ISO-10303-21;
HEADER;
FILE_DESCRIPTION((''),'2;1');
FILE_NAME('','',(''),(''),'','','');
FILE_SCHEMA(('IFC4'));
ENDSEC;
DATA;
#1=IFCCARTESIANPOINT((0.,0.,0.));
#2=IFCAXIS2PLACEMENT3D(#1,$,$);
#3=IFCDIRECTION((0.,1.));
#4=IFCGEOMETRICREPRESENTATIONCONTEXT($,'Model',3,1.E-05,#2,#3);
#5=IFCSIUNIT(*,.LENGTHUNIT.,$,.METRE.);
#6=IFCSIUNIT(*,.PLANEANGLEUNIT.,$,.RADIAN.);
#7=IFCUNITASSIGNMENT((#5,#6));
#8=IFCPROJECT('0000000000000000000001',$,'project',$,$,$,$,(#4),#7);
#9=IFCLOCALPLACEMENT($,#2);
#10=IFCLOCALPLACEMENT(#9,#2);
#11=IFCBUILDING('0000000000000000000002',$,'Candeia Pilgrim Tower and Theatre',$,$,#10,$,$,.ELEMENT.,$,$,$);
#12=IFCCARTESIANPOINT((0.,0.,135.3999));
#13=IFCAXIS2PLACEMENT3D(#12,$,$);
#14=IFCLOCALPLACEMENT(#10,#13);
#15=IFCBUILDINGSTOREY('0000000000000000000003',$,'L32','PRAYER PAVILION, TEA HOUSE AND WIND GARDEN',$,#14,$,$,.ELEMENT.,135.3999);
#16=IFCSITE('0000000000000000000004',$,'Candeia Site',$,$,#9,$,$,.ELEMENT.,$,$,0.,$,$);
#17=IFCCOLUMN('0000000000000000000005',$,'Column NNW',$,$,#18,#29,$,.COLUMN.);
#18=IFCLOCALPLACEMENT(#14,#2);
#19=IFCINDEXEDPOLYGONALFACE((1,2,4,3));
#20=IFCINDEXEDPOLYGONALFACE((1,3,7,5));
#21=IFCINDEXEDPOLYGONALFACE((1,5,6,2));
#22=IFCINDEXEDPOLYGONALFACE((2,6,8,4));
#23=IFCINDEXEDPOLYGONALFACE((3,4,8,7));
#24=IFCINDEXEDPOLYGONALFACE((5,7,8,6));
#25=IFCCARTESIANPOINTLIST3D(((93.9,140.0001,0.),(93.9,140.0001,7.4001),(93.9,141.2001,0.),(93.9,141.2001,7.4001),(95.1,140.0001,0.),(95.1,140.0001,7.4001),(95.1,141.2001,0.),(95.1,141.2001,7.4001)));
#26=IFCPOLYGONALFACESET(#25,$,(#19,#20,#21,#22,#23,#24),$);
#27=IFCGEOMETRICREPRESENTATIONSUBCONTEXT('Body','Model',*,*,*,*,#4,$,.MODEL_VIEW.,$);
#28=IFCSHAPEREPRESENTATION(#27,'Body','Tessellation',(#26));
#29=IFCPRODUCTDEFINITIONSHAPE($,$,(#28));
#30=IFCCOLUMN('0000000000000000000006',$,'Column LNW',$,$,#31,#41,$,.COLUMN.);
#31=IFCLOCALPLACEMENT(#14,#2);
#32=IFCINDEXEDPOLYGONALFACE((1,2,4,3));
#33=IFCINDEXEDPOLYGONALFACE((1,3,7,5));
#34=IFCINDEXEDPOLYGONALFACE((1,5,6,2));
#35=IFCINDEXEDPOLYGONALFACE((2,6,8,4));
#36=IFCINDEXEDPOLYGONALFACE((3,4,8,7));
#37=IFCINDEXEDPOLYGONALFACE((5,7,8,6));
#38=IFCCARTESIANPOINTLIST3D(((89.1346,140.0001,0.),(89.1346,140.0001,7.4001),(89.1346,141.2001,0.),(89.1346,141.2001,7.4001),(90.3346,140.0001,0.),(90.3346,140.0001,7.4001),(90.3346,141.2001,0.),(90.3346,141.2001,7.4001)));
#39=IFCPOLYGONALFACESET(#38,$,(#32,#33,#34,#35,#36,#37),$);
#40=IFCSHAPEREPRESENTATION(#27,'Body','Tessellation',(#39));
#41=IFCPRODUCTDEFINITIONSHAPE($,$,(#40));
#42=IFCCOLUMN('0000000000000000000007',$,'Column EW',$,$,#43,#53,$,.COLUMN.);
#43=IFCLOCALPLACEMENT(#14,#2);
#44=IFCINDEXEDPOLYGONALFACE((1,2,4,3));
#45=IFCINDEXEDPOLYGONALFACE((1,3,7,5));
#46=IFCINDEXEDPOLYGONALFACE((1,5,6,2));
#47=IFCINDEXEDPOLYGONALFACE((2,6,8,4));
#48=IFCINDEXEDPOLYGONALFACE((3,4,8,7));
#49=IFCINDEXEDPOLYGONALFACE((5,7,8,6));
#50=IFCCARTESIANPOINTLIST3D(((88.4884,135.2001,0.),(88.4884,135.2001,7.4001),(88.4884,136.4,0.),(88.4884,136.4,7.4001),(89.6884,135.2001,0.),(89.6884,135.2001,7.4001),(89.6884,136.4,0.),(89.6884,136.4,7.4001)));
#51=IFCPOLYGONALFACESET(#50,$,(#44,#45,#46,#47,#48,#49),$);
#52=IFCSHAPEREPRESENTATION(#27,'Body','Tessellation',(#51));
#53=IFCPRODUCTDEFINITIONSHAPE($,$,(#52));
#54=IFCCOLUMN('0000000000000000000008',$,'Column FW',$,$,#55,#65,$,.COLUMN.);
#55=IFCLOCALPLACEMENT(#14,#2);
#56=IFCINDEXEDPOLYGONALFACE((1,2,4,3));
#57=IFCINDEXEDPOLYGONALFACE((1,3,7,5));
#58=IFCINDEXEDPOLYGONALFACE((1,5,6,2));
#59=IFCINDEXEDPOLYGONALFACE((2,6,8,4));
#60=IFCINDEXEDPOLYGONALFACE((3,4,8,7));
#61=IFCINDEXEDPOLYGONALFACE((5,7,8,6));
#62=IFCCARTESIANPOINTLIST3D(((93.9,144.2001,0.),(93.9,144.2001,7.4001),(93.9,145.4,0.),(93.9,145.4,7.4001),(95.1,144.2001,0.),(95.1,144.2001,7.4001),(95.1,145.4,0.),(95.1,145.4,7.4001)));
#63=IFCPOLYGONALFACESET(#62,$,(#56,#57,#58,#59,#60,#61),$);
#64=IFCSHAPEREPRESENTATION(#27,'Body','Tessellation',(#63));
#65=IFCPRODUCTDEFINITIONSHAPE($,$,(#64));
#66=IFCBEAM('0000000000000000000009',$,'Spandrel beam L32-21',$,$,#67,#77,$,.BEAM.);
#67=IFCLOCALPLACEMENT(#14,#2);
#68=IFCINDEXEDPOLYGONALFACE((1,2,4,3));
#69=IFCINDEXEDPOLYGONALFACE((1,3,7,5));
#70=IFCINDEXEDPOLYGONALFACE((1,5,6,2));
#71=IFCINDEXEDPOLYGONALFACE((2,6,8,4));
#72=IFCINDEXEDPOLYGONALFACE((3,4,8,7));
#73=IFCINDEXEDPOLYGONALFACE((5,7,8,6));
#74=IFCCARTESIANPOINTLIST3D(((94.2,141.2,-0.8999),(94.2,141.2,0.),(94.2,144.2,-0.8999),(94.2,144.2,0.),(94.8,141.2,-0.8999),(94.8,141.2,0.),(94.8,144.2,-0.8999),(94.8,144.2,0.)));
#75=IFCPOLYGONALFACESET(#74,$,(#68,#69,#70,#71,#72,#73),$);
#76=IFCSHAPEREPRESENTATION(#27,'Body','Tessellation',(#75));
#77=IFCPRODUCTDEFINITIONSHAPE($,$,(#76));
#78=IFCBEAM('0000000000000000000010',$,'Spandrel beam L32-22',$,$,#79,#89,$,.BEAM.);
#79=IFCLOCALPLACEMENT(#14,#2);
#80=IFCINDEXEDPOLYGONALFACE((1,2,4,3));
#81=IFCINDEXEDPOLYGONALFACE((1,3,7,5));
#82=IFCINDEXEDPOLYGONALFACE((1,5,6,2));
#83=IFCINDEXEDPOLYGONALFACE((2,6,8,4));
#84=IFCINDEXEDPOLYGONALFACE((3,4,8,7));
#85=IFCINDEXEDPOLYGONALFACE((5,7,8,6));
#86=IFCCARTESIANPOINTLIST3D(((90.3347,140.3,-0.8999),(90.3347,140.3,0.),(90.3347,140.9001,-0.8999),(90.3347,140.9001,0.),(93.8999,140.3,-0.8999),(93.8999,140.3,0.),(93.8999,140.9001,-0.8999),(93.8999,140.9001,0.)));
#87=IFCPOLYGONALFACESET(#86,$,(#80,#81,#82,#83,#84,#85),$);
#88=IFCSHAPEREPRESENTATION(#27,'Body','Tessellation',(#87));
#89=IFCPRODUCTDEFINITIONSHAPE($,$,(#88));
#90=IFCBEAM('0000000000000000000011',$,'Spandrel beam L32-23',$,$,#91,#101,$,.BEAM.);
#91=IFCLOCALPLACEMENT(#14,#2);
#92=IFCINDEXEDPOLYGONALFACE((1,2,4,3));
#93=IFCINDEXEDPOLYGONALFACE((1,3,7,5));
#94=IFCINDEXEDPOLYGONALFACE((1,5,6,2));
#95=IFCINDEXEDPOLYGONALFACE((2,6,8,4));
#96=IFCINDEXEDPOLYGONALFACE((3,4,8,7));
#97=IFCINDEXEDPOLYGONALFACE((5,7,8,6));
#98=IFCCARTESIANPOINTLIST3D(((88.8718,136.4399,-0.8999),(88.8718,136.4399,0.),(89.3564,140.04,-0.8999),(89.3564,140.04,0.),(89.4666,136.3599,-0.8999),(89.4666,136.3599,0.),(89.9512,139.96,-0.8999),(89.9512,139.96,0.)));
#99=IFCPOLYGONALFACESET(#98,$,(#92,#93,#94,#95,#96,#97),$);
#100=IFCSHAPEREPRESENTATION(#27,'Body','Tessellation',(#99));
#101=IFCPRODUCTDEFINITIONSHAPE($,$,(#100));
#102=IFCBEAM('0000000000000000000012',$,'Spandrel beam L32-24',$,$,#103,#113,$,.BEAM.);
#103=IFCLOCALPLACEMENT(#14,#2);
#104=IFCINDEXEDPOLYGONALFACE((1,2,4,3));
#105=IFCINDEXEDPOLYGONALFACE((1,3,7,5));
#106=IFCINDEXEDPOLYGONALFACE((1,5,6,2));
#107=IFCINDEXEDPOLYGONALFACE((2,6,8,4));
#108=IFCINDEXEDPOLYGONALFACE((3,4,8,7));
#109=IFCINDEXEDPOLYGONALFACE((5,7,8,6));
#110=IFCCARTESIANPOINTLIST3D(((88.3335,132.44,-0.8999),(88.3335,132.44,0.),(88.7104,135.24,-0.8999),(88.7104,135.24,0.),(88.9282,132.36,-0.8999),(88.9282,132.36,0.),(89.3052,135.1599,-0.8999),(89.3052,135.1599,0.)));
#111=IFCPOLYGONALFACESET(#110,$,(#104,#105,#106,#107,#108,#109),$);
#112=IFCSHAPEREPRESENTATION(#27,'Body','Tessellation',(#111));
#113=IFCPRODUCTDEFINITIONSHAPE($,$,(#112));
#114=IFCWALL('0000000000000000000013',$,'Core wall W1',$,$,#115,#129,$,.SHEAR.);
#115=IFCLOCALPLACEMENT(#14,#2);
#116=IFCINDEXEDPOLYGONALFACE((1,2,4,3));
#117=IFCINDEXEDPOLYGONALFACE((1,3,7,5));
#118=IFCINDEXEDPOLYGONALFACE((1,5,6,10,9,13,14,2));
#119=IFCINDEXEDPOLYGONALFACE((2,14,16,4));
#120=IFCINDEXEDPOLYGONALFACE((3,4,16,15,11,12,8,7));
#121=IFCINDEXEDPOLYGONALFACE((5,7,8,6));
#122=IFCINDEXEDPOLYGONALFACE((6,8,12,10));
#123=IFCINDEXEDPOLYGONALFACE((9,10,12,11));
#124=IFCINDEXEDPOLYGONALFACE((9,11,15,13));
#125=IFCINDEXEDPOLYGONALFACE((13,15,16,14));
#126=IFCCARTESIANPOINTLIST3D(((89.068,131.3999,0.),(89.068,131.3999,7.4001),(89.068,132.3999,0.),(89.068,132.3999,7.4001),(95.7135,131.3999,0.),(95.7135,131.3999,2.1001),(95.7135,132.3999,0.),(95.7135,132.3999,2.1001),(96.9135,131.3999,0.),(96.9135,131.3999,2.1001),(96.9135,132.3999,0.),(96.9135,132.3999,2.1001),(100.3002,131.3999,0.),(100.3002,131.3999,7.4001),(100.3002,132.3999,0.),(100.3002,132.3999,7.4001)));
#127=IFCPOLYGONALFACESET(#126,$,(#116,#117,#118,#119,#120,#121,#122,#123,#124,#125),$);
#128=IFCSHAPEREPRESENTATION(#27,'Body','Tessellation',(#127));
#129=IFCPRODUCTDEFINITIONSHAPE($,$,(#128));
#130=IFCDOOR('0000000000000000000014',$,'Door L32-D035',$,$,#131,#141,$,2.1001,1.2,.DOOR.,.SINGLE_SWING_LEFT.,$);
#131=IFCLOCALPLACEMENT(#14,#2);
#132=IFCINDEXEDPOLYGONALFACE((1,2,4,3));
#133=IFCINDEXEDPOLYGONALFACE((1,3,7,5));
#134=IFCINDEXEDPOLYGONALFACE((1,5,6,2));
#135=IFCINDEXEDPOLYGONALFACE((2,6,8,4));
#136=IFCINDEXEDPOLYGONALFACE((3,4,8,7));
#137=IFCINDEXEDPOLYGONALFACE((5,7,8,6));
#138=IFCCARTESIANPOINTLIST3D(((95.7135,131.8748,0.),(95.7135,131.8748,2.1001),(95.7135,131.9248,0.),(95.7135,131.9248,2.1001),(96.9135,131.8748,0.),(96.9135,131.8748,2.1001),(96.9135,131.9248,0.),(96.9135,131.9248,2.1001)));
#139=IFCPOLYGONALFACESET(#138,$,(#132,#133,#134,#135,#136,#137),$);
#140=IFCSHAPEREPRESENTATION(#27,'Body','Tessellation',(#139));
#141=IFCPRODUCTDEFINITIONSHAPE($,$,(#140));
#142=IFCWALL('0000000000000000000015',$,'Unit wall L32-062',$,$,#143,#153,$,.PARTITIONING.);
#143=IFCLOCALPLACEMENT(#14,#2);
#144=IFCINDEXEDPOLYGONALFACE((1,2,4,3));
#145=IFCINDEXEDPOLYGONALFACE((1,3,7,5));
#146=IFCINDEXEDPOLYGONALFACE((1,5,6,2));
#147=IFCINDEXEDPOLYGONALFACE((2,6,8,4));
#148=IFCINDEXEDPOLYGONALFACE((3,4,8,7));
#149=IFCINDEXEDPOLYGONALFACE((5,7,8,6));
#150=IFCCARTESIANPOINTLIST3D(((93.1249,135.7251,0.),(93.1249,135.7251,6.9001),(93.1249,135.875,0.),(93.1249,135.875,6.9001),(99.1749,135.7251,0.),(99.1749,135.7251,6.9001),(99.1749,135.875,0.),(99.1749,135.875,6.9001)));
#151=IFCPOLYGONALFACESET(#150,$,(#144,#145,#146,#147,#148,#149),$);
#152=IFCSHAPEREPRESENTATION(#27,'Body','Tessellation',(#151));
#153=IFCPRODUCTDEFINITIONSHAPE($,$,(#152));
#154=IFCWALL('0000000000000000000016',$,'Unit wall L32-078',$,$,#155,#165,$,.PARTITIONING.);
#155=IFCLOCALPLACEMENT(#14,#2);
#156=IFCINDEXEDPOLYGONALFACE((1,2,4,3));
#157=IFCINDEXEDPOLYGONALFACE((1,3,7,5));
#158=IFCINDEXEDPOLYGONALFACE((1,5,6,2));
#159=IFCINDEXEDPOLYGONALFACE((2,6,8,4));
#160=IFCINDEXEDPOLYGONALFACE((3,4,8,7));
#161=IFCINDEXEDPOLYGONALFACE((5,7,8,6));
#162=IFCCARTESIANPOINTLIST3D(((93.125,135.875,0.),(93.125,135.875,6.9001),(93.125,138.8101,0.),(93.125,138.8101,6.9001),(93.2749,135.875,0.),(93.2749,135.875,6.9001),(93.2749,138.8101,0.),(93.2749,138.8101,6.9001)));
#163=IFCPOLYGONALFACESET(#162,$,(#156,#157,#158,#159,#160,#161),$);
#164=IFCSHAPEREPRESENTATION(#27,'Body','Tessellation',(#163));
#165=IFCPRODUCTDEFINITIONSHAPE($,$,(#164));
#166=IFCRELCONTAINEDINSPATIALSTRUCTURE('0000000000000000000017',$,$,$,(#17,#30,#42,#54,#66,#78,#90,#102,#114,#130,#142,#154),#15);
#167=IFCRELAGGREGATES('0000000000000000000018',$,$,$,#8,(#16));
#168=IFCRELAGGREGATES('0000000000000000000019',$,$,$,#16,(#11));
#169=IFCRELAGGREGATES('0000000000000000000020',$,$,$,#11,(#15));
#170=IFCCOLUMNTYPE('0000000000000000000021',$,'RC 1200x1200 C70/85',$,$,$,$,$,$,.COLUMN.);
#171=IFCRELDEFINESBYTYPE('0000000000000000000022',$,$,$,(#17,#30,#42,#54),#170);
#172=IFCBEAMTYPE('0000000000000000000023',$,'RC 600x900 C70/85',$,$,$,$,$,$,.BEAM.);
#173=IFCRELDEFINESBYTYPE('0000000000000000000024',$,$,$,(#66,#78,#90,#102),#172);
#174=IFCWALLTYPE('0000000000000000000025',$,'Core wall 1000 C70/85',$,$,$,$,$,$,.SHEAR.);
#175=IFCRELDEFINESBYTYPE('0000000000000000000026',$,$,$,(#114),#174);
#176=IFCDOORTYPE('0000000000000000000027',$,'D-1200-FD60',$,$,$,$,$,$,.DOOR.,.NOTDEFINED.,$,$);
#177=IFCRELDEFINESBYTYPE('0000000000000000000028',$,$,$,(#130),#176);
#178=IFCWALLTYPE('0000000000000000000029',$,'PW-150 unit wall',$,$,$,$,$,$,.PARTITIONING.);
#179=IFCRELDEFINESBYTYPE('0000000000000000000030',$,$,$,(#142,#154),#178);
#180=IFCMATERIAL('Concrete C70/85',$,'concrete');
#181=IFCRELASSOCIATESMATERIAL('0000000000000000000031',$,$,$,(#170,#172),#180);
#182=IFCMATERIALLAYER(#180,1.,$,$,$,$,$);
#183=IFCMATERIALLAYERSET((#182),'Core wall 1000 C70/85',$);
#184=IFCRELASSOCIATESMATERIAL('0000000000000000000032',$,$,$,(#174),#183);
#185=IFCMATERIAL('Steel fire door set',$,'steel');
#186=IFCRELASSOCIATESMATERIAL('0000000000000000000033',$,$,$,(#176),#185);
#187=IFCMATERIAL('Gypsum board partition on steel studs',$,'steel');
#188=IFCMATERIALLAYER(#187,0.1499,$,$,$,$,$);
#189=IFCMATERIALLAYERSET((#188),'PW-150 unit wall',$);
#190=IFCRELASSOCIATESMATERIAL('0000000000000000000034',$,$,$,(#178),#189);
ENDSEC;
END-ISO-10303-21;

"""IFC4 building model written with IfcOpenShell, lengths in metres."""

from ifc_helpers import new_model, si_unit, direction, frame, frame_2d, origin, origin_2d, place, context, subcontext, project, spatial, rectangle, extrude, material, layer, layer_set, material_profile, profile_set, type_object, element, fill, save


model = new_model("IFC4")

# Units and contexts
model_context = context("Model", 3, precision=1e-05, world=origin(), true_north=direction((0.0, 1.0)))
body_context = subcontext(model_context, "Body", "Model", "MODEL_VIEW")
ifc_project = project(units=[si_unit("LENGTHUNIT", "METRE"), si_unit("PLANEANGLEUNIT", "RADIAN")], contexts=[model_context])

# Site, building, storey
site_placement = place(None, origin())
site = spatial("IfcSite", under=ifc_project, at=site_placement, Name="Candeia Site", CompositionType="ELEMENT", RefElevation=0.0)
building_placement = place(site_placement, origin())
building = spatial("IfcBuilding", under=site, at=building_placement, Name="Candeia Pilgrim Tower and Theatre", CompositionType="ELEMENT")
storey_placement = place(building_placement, frame((0.0, 0.0, 135.3999)))
storey = spatial("IfcBuildingStorey", under=building, at=storey_placement, Name="L32", Description="PRAYER PAVILION, TEA HOUSE AND WIND GARDEN", CompositionType="ELEMENT", Elevation=135.3999)

# Columns
ifc_material_1 = material(Name="Concrete C70/85", Category="concrete")
ifc_material_profile_1 = material_profile(ifc_material_1, rectangle(XDim=1.2, YDim=1.2, at=origin_2d()))
ifc_profile_set_1 = profile_set([ifc_material_profile_1], Name="Concrete C70/85")
column_type = type_object("IfcColumnType", Name="RC 1200x1200 C70/85", PredefinedType="COLUMN", material=ifc_profile_set_1)
for number, where, z_axis, x_axis, name in (
    (1, (94.5, 140.6001, 0.0), (0.0, 0.0, 1.0), (1.0, 0.0, 0.0), "Column NNW"),
    (2, (89.7346, 140.6001, 0.0), (0.0, 0.0, 1.0), (1.0, 0.0, 0.0), "Column LNW"),
    (3, (89.0884, 135.8, 0.0), (0.0, 0.0, 1.0), (1.0, 0.0, 0.0), "Column EW"),
    (4, (94.5, 144.8, 0.0), (0.0, 0.0, 1.0), (1.0, 0.0, 0.0), "Column FW"),
):
    element("IfcColumn", number, at=place(storey_placement, frame(where, z_axis=z_axis, x_axis=x_axis)), inside=storey, type_object=column_type, Name=name, PredefinedType="COLUMN", context=body_context, shape_type="SweptSolid", body=[
        extrude(rectangle(XDim=1.2, YDim=1.2, at=origin_2d()), origin(), (0.0, 0.0, 1.0), 7.4001),
    ])

# Beams
ifc_material_profile_2 = material_profile(ifc_material_1, rectangle(XDim=0.6001, YDim=0.8999, at=origin_2d()))
ifc_profile_set_2 = profile_set([ifc_material_profile_2], Name="Concrete C70/85")
beam_type = type_object("IfcBeamType", Name="RC 600x900 C70/85", PredefinedType="BEAM", material=ifc_profile_set_2)
beam_1_placement = place(storey_placement, frame((94.5, 144.2, -0.45), z_axis=(0.0, -1.0, 0.0), x_axis=(1.0, 0.0, 0.0)))
element("IfcBeam", 5, at=beam_1_placement, inside=storey, type_object=beam_type, Name="Spandrel beam L32-21", PredefinedType="BEAM", context=body_context, shape_type="SweptSolid", body=[
    extrude(rectangle(XDim=0.6001, YDim=0.8999, at=origin_2d()), origin(), (0.0, 0.0, 1.0), 3.0),
])
beam_2_placement = place(storey_placement, frame((93.8999, 140.6001, -0.45), z_axis=(-1.0, 0.0, 0.0), x_axis=(0.0, -1.0, 0.0)))
element("IfcBeam", 6, at=beam_2_placement, inside=storey, type_object=beam_type, Name="Spandrel beam L32-22", PredefinedType="BEAM", context=body_context, shape_type="SweptSolid", body=[
    extrude(rectangle(XDim=0.6001, YDim=0.8999, at=origin_2d()), origin(), (0.0, 0.0, 1.0), 3.5652),
])
beam_3_placement = place(storey_placement, frame((89.6538, 140.0, -0.45), z_axis=(-0.133409, -0.991061, 0.0), x_axis=(0.991061, -0.133409, 0.0)))
element("IfcBeam", 7, at=beam_3_placement, inside=storey, type_object=beam_type, Name="Spandrel beam L32-23", PredefinedType="BEAM", context=body_context, shape_type="SweptSolid", body=[
    extrude(rectangle(XDim=0.6001, YDim=0.8999, at=origin_2d()), origin(), (0.0, 0.0, 1.0), 3.6326),
])
beam_4_placement = place(storey_placement, frame((89.0078, 135.2, -0.45), z_axis=(-0.13342, -0.99106, 0.0), x_axis=(0.99106, -0.13342, 0.0)))
element("IfcBeam", 8, at=beam_4_placement, inside=storey, type_object=beam_type, Name="Spandrel beam L32-24", PredefinedType="BEAM", context=body_context, shape_type="SweptSolid", body=[
    extrude(rectangle(XDim=0.6001, YDim=0.8999, at=origin_2d()), origin(), (0.0, 0.0, 1.0), 2.8252),
])

# Wall, opening, door
ifc_layer_1 = layer(ifc_material_1, 1.0)
ifc_layer_set_1 = layer_set([ifc_layer_1], Name="Core wall 1000 C70/85")
wall_type_1 = type_object("IfcWallType", Name="Core wall 1000 C70/85", PredefinedType="SHEAR", material=ifc_layer_set_1)
wall_1_placement = place(storey_placement, frame((89.0679, 131.8999, 0.0), z_axis=(0.0, 0.0, 1.0), x_axis=(1.0, 0.0, 0.0)))
wall_1 = element("IfcWall", 9, at=wall_1_placement, inside=storey, type_object=wall_type_1, Name="Core wall W1", PredefinedType="SHEAR", context=body_context, shape_type="SweptSolid", body=[
    extrude(rectangle(XDim=11.2322, YDim=1.0, at=frame_2d((5.6162, 0.0))), origin(), (0.0, 0.0, 1.0), 7.4001),
])
opening_placement = place(wall_1_placement, frame((6.6455, 0.0, 0.0)))
opening = element("IfcOpeningElement", 10, at=opening_placement, cuts=wall_1, PredefinedType="OPENING", context=body_context, shape_type="SweptSolid", body=[
    extrude(rectangle(XDim=1.2, YDim=2.1001, at=frame_2d((0.6001, 1.05))), frame((0.0, 0.51, 0.0), z_axis=(0.0, -1.0, 0.0), x_axis=(1.0, 0.0, 0.0)), (0.0, 0.0, 1.0), 1.02),
])
ifc_material_2 = material(Name="Steel fire door set", Category="steel")
door_type = type_object("IfcDoorType", Name="D-1200-FD60", OperationType="NOTDEFINED", PredefinedType="DOOR", material=ifc_material_2)
door_placement = place(opening_placement, origin())
door = element("IfcDoor", 11, at=door_placement, inside=storey, type_object=door_type, Name="Door L32-D035", OperationType="SINGLE_SWING_LEFT", OverallHeight=2.1001, OverallWidth=1.2, PredefinedType="DOOR", context=body_context, shape_type="SweptSolid", body=[
    extrude(rectangle(XDim=1.2, YDim=2.1001, at=frame_2d((0.6001, 1.05))), frame((0.0, 0.0249, 0.0), z_axis=(0.0, -1.0, 0.0), x_axis=(1.0, 0.0, 0.0)), (0.0, 0.0, 1.0), 0.05),
])
fill(opening, door)

# Walls
ifc_material_3 = material(Name="Gypsum board partition on steel studs", Category="steel")
ifc_layer_2 = layer(ifc_material_3, 0.1499)
ifc_layer_set_2 = layer_set([ifc_layer_2], Name="PW-150 unit wall")
wall_type_2 = type_object("IfcWallType", Name="PW-150 unit wall", PredefinedType="PARTITIONING", material=ifc_layer_set_2)
wall_2_placement = place(storey_placement, frame((93.125, 135.8, 0.0), z_axis=(0.0, 0.0, 1.0), x_axis=(1.0, 0.0, 0.0)))
element("IfcWall", 12, at=wall_2_placement, inside=storey, type_object=wall_type_2, Name="Unit wall L32-062", PredefinedType="PARTITIONING", context=body_context, shape_type="SweptSolid", body=[
    extrude(rectangle(XDim=6.05, YDim=0.1499, at=frame_2d((3.0249, 0.0))), origin(), (0.0, 0.0, 1.0), 6.9001),
])
wall_3_placement = place(storey_placement, frame((93.2, 135.875, 0.0), z_axis=(0.0, 0.0, 1.0), x_axis=(0.0, 1.0, 0.0)))
element("IfcWall", 13, at=wall_3_placement, inside=storey, type_object=wall_type_2, Name="Unit wall L32-078", PredefinedType="PARTITIONING", context=body_context, shape_type="SweptSolid", body=[
    extrude(rectangle(XDim=2.9351, YDim=0.1499, at=frame_2d((1.4675, 0.0))), origin(), (0.0, 0.0, 1.0), 6.9001),
])

save(model, "model.ifc")
